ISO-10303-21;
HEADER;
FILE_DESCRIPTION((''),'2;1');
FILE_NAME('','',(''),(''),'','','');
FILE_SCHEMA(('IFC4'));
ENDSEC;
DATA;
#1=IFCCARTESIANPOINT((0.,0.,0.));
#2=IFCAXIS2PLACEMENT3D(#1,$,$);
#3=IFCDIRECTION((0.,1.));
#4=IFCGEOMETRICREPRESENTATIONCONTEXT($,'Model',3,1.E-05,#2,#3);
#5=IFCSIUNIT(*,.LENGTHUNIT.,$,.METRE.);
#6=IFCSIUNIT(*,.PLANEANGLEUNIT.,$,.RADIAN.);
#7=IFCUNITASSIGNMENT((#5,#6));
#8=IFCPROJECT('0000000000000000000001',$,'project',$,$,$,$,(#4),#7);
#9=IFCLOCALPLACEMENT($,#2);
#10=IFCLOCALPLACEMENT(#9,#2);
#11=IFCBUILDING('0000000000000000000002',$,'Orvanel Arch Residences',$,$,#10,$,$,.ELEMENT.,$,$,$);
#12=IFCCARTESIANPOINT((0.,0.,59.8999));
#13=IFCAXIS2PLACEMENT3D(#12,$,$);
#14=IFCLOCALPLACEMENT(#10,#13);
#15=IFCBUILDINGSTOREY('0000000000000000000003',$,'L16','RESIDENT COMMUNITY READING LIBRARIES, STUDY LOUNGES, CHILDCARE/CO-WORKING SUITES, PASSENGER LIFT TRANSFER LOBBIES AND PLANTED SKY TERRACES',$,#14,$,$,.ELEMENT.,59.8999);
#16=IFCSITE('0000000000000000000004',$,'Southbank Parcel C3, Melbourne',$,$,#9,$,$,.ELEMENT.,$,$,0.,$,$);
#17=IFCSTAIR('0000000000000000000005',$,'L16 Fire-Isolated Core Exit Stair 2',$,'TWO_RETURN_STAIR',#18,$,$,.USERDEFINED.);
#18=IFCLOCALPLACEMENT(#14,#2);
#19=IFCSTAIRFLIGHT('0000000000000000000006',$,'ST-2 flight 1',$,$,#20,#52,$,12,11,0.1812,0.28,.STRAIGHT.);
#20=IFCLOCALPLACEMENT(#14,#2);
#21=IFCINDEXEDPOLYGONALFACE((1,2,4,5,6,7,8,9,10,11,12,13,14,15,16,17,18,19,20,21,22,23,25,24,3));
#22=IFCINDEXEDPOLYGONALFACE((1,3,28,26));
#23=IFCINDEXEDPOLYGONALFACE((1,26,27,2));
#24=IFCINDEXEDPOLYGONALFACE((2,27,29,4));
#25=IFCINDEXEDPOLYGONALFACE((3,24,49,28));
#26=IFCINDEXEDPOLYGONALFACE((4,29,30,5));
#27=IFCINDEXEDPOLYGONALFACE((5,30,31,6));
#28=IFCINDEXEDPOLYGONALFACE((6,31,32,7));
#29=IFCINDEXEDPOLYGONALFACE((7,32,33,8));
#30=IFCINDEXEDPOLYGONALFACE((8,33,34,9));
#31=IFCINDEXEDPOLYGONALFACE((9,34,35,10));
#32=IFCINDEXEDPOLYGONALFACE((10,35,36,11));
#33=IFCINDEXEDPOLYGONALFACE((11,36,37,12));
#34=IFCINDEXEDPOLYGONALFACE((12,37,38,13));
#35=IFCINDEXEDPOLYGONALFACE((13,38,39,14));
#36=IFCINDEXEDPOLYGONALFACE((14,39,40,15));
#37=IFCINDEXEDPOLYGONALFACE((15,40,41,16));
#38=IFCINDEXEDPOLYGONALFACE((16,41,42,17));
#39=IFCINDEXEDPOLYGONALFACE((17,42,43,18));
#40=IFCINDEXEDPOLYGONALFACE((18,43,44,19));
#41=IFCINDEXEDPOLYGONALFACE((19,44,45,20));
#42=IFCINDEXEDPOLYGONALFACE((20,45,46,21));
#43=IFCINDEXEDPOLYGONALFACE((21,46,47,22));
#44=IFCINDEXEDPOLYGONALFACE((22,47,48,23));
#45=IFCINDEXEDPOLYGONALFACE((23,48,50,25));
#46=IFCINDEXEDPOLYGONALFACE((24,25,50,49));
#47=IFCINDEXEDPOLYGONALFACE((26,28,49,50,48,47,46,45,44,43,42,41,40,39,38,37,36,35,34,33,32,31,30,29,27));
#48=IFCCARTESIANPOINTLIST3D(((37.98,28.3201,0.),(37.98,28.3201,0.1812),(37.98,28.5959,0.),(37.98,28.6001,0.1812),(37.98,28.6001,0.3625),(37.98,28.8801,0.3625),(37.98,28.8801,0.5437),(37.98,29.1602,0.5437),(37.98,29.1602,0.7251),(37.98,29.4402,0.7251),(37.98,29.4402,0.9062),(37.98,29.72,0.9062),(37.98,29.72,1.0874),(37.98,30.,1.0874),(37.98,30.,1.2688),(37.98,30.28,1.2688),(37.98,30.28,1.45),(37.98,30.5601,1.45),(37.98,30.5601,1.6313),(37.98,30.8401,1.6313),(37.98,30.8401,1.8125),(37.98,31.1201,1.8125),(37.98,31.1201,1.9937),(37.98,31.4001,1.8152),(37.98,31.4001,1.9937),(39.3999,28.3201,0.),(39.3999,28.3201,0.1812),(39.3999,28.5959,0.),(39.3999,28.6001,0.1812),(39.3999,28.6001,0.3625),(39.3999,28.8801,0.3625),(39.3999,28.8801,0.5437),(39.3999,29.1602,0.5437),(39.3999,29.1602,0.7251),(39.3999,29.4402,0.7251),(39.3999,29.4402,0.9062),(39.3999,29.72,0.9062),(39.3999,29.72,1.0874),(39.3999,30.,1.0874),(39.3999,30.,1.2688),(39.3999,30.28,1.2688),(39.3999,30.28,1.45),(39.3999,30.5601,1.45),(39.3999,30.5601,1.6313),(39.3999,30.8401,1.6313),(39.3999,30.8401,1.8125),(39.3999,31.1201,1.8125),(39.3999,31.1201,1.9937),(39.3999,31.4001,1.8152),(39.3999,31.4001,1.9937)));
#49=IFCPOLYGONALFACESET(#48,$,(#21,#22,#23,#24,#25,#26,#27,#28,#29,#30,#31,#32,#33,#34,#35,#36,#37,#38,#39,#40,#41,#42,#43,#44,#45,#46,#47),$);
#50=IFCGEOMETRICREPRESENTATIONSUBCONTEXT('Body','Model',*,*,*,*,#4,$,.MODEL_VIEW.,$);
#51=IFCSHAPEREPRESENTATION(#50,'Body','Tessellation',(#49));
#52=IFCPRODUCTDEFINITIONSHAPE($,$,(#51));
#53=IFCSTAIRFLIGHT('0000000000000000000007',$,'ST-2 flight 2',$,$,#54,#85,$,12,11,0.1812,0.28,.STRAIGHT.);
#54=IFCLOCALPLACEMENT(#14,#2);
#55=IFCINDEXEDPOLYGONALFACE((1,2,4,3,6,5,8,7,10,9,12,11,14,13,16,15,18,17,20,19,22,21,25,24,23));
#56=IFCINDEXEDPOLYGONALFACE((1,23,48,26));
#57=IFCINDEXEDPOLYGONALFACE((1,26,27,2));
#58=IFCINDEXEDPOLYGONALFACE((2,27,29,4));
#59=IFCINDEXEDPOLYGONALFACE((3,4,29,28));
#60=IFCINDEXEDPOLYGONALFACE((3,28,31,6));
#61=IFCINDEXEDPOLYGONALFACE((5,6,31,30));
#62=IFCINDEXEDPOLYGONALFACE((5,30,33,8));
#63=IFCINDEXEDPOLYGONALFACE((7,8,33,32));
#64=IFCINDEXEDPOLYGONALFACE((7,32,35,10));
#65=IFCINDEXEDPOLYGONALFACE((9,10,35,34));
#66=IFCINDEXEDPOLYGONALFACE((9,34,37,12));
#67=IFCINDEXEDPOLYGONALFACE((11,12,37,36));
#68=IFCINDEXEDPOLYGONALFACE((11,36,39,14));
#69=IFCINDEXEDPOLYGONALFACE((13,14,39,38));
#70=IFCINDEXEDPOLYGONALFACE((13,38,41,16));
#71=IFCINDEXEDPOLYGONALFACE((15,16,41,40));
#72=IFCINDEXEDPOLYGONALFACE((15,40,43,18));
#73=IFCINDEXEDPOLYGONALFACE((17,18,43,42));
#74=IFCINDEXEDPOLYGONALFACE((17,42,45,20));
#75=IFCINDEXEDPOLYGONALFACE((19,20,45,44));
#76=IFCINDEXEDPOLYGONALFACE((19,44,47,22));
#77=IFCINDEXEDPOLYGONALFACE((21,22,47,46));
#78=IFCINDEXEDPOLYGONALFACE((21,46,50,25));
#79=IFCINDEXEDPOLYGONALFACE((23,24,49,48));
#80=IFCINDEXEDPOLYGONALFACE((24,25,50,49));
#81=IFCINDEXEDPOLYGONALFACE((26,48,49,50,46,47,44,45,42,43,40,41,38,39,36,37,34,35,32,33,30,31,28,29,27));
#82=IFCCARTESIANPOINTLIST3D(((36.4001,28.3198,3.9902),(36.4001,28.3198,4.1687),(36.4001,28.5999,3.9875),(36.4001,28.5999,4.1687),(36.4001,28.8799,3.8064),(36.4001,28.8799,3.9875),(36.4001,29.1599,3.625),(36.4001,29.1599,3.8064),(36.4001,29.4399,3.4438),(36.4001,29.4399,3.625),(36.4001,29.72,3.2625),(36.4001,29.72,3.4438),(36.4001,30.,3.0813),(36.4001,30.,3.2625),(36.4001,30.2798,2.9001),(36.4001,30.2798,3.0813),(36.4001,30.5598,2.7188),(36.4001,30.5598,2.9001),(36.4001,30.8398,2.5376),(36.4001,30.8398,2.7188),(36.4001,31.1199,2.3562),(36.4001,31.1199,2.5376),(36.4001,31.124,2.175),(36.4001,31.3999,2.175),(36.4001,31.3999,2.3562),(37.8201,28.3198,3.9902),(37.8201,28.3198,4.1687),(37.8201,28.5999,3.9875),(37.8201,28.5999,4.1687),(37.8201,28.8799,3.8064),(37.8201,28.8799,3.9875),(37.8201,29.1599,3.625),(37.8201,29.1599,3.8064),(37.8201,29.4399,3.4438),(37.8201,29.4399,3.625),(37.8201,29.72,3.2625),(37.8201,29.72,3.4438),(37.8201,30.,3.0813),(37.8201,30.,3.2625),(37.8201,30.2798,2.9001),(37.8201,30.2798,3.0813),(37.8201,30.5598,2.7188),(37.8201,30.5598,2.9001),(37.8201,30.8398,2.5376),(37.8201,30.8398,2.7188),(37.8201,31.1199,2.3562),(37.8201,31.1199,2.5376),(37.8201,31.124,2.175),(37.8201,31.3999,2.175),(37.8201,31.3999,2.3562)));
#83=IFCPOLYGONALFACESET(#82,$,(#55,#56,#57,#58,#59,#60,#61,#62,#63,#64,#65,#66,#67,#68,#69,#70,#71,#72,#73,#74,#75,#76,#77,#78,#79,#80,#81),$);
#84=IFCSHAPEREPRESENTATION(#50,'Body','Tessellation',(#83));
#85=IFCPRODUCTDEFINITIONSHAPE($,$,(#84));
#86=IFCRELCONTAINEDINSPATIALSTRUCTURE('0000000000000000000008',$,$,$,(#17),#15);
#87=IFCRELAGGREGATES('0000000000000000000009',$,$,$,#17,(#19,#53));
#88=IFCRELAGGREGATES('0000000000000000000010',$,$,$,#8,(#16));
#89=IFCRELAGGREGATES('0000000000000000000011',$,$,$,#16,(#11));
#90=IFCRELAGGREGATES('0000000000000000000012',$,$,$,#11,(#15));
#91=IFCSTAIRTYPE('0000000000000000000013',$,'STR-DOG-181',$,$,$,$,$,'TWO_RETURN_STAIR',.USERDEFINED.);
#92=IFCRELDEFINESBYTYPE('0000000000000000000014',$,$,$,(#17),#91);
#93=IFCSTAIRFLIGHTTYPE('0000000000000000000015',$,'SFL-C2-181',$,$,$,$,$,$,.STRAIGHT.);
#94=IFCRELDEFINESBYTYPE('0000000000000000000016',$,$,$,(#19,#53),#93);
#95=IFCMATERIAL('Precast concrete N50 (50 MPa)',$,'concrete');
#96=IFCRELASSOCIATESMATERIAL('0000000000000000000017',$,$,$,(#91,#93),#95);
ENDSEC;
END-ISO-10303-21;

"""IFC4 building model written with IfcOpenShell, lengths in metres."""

from ifc_helpers import new_model, si_unit, direction, frame, origin, place, context, subcontext, project, spatial, polyline, outline, extrude, material, type_object, element, aggregate, save


model = new_model("IFC4")

# Units and contexts
model_context = context("Model", 3, precision=1e-05, world=origin(), true_north=direction((0.0, 1.0)))
body_context = subcontext(model_context, "Body", "Model", "MODEL_VIEW")
ifc_project = project(units=[si_unit("LENGTHUNIT", "METRE"), si_unit("PLANEANGLEUNIT", "RADIAN")], contexts=[model_context])

# Site, building, storey
site_placement = place(None, origin())
site = spatial("IfcSite", under=ifc_project, at=site_placement, Name="Southbank Parcel C3, Melbourne", CompositionType="ELEMENT", RefElevation=0.0)
building_placement = place(site_placement, origin())
building = spatial("IfcBuilding", under=site, at=building_placement, Name="Orvanel Arch Residences", CompositionType="ELEMENT")
storey_placement = place(building_placement, frame((0.0, 0.0, 59.8999)))
storey = spatial("IfcBuildingStorey", under=building, at=storey_placement, Name="L16", Description="RESIDENT COMMUNITY READING LIBRARIES, STUDY LOUNGES, CHILDCARE/CO-WORKING SUITES, PASSENGER LIFT TRANSFER LOBBIES AND PLANTED SKY TERRACES", CompositionType="ELEMENT", Elevation=59.8999)

# Stair, stair flights
ifc_material_1 = material(Name="Precast concrete N50 (50 MPa)", Category="concrete")
stair_type = type_object("IfcStairType", Name="STR-DOG-181", ElementType="TWO_RETURN_STAIR", PredefinedType="USERDEFINED", material=ifc_material_1)
stair_placement = place(storey_placement, origin())
stair = element("IfcStair", 1, at=stair_placement, inside=storey, type_object=stair_type, Name="L16 Fire-Isolated Core Exit Stair 2", ObjectType="TWO_RETURN_STAIR", PredefinedType="USERDEFINED")
stair_flight_type = type_object("IfcStairFlightType", Name="SFL-C2-181", PredefinedType="STRAIGHT", material=ifc_material_1)
stair_flight_1_placement = place(storey_placement, frame((38.6899, 28.3201, 0.0), z_axis=(0.0, 0.0, 1.0), x_axis=(0.0, 1.0, 0.0)))
stair_flight_1 = element("IfcStairFlight", 2, at=stair_flight_1_placement, type_object=stair_flight_type, Name="ST-2 flight 1", NumberOfRisers=12, NumberOfTreads=11, PredefinedType="STRAIGHT", RiserHeight=0.1812, TreadLength=0.28, context=body_context, shape_type="SweptSolid", body=[
    extrude(outline(polyline([(0.0, 0.0), (0.0, 0.1812), (0.28, 0.1812), (0.28, 0.3625), (0.5601, 0.3625), (0.5601, 0.5437), (0.8401, 0.5437), (0.8401, 0.7251), (1.1201, 0.7251), (1.1201, 0.9062), (1.3999, 0.9062), (1.3999, 1.0874), (1.6799, 1.0874), (1.6799, 1.2688), (1.96, 1.2688), (1.96, 1.45), (2.24, 1.45), (2.24, 1.6313), (2.52, 1.6313), (2.52, 1.8125), (2.8, 1.8125), (2.8, 1.9937), (3.0801, 1.9937), (3.0801, 2.175), (3.0801, 1.8152), (0.2759, 0.0), (0.0, 0.0)])), frame((0.0, 0.71, 0.0), z_axis=(0.0, -1.0, 0.0), x_axis=(1.0, 0.0, 0.0)), (0.0, 0.0, 1.0), 1.4199),
])
stair_flight_2_placement = place(storey_placement, frame((37.1101, 31.3999, 2.175), z_axis=(0.0, 0.0, 1.0), x_axis=(0.0, -1.0, 0.0)))
stair_flight_2 = element("IfcStairFlight", 3, at=stair_flight_2_placement, type_object=stair_flight_type, Name="ST-2 flight 2", NumberOfRisers=12, NumberOfTreads=11, PredefinedType="STRAIGHT", RiserHeight=0.1812, TreadLength=0.28, context=body_context, shape_type="SweptSolid", body=[
    extrude(outline(polyline([(0.0, 0.0), (0.0, 0.1812), (0.28, 0.1812), (0.28, 0.3625), (0.5601, 0.3625), (0.5601, 0.5437), (0.8401, 0.5437), (0.8401, 0.7251), (1.1201, 0.7251), (1.1201, 0.9062), (1.3999, 0.9062), (1.3999, 1.0874), (1.6799, 1.0874), (1.6799, 1.2688), (1.96, 1.2688), (1.96, 1.45), (2.24, 1.45), (2.24, 1.6313), (2.52, 1.6313), (2.52, 1.8125), (2.8, 1.8125), (2.8, 1.9937), (3.0801, 1.9937), (3.0801, 2.175), (3.0801, 1.8152), (0.2759, 0.0), (0.0, 0.0)])), frame((0.0, 0.71, 0.0), z_axis=(0.0, -1.0, 0.0), x_axis=(1.0, 0.0, 0.0)), (0.0, 0.0, 1.0), 1.4199),
])
aggregate(stair, [stair_flight_1, stair_flight_2])

save(model, "model.ifc")
